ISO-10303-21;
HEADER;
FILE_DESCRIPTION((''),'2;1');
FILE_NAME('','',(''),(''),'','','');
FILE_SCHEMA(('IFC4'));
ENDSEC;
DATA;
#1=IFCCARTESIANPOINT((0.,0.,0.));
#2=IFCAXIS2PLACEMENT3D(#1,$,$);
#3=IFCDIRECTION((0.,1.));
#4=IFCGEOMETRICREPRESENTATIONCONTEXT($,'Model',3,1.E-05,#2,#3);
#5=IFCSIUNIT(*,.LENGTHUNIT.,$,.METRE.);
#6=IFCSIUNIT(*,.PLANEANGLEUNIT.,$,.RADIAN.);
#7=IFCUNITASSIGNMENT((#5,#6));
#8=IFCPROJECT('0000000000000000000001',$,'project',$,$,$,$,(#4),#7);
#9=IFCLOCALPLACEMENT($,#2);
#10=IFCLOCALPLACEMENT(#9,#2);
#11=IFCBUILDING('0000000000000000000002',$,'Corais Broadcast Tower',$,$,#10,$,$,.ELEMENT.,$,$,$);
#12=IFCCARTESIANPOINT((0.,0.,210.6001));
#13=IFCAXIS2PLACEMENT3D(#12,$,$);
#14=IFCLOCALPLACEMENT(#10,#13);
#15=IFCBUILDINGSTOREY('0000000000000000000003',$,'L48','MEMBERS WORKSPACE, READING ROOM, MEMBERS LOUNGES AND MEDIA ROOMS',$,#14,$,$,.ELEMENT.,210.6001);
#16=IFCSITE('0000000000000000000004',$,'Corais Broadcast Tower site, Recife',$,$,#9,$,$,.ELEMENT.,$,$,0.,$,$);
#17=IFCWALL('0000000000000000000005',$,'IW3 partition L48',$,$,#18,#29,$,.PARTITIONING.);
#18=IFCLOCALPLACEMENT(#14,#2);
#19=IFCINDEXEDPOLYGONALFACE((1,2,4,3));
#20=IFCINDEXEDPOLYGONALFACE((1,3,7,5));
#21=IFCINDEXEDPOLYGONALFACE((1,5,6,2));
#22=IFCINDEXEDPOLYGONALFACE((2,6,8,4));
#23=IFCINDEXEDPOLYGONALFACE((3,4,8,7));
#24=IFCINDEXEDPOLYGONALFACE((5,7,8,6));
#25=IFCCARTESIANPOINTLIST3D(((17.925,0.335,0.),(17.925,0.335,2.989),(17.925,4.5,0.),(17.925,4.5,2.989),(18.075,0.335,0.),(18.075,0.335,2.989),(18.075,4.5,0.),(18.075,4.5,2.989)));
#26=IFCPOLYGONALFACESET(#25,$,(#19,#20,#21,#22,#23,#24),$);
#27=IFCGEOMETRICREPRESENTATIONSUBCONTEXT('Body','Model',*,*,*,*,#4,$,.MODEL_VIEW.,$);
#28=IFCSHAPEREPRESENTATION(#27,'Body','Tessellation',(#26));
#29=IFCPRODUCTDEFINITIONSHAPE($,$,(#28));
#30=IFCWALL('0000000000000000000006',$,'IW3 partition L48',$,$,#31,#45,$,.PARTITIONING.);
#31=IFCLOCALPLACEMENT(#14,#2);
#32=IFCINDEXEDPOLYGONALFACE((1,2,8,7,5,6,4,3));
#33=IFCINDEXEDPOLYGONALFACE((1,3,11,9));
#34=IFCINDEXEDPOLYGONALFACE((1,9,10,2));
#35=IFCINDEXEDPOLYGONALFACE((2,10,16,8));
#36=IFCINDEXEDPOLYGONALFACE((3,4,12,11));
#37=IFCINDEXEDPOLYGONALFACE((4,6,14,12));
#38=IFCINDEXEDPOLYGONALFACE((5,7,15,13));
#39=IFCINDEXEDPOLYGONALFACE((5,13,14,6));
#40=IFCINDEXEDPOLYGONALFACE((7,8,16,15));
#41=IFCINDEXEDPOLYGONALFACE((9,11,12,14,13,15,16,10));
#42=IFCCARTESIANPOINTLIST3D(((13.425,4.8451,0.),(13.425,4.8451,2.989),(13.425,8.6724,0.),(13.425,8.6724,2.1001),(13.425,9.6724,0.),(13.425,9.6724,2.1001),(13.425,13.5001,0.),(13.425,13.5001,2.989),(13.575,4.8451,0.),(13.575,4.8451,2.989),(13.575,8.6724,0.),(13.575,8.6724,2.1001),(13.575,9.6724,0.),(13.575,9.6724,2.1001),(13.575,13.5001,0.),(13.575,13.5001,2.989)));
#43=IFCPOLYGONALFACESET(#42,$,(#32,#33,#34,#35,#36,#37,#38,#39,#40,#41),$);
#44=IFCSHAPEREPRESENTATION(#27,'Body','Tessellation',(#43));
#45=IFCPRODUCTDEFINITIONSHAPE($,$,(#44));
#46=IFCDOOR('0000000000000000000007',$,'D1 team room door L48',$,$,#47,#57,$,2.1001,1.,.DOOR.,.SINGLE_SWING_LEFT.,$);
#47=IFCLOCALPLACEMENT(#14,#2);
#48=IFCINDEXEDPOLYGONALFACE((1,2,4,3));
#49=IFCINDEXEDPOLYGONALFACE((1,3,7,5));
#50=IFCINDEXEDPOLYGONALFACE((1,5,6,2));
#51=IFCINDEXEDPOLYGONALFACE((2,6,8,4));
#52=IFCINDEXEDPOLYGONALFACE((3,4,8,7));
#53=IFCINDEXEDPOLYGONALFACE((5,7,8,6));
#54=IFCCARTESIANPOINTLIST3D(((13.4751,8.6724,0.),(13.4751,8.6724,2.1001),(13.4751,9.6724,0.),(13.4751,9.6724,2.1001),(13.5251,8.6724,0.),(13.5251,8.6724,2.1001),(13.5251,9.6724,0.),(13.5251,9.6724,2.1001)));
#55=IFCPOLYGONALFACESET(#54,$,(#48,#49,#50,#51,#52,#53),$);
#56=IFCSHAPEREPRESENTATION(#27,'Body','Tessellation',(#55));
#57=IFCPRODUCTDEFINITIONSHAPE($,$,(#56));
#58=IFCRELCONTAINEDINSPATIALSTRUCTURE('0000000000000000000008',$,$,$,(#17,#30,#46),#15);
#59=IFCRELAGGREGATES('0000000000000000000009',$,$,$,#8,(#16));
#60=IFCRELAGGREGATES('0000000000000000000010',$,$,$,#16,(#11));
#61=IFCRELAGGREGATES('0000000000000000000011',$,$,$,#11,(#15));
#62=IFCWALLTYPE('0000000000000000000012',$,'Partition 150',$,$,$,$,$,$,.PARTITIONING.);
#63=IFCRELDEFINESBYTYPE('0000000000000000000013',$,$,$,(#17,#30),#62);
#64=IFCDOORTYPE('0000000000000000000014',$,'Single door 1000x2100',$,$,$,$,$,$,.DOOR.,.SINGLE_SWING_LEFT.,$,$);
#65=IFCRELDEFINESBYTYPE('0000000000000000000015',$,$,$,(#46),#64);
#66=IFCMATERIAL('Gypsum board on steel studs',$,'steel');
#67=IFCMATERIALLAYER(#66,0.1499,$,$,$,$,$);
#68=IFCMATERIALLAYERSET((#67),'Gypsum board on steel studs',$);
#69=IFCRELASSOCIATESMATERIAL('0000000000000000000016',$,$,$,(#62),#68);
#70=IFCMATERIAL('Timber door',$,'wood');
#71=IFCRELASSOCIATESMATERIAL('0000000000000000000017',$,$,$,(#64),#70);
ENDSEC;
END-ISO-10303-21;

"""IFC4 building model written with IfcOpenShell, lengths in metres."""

from ifc_helpers import new_model, si_unit, direction, frame, frame_2d, origin, place, context, subcontext, project, spatial, rectangle, extrude, material, layer, layer_set, type_object, element, fill, save


model = new_model("IFC4")

# Units and contexts
model_context = context("Model", 3, precision=1e-05, world=origin(), true_north=direction((0.0, 1.0)))
body_context = subcontext(model_context, "Body", "Model", "MODEL_VIEW")
ifc_project = project(units=[si_unit("LENGTHUNIT", "METRE"), si_unit("PLANEANGLEUNIT", "RADIAN")], contexts=[model_context])

# Site, building, storey
site_placement = place(None, origin())
site = spatial("IfcSite", under=ifc_project, at=site_placement, Name="Corais Broadcast Tower site, Recife", CompositionType="ELEMENT", RefElevation=0.0)
building_placement = place(site_placement, origin())
building = spatial("IfcBuilding", under=site, at=building_placement, Name="Corais Broadcast Tower", CompositionType="ELEMENT")
storey_placement = place(building_placement, frame((0.0, 0.0, 210.6001)))
storey = spatial("IfcBuildingStorey", under=building, at=storey_placement, Name="L48", Description="MEMBERS WORKSPACE, READING ROOM, MEMBERS LOUNGES AND MEDIA ROOMS", CompositionType="ELEMENT", Elevation=210.6001)

# Wall
ifc_material_1 = material(Name="Gypsum board on steel studs", Category="steel")
ifc_layer_1 = layer(ifc_material_1, 0.1499)
ifc_layer_set_1 = layer_set([ifc_layer_1], Name="Gypsum board on steel studs")
wall_type = type_object("IfcWallType", Name="Partition 150", PredefinedType="PARTITIONING", material=ifc_layer_set_1)
wall_1_placement = place(storey_placement, frame((18.0, 4.5, 0.0), z_axis=(0.0, 0.0, 1.0), x_axis=(0.0, -1.0, 0.0)))
element("IfcWall", 1, at=wall_1_placement, inside=storey, type_object=wall_type, Name="IW3 partition L48", PredefinedType="PARTITIONING", context=body_context, shape_type="SweptSolid", body=[
    extrude(rectangle(XDim=4.165, YDim=0.1499, at=frame_2d((2.0825, 0.0))), origin(), (0.0, 0.0, 1.0), 2.989),
])

# Wall, opening, door
wall_2_placement = place(storey_placement, frame((13.5, 4.845, 0.0), z_axis=(0.0, 0.0, 1.0), x_axis=(0.0, 1.0, 0.0)))
wall_2 = element("IfcWall", 2, at=wall_2_placement, inside=storey, type_object=wall_type, Name="IW3 partition L48", PredefinedType="PARTITIONING", context=body_context, shape_type="SweptSolid", body=[
    extrude(rectangle(XDim=8.655, YDim=0.1499, at=frame_2d((4.3276, 0.0))), origin(), (0.0, 0.0, 1.0), 2.989),
])
opening_placement = place(wall_2_placement, frame((3.8274, 0.0, 0.0)))
opening = element("IfcOpeningElement", 3, at=opening_placement, cuts=wall_2, PredefinedType="OPENING", context=body_context, shape_type="SweptSolid", body=[
    extrude(rectangle(XDim=1.0, YDim=2.1001, at=frame_2d((0.5, 1.05))), frame((0.0, 0.085, 0.0), z_axis=(0.0, -1.0, 0.0), x_axis=(1.0, 0.0, 0.0)), (0.0, 0.0, 1.0), 0.1699),
])
ifc_material_2 = material(Name="Timber door", Category="wood")
door_type = type_object("IfcDoorType", Name="Single door 1000x2100", OperationType="SINGLE_SWING_LEFT", PredefinedType="DOOR", material=ifc_material_2)
door_placement = place(opening_placement, origin())
door = element("IfcDoor", 4, at=door_placement, inside=storey, type_object=door_type, Name="D1 team room door L48", OperationType="SINGLE_SWING_LEFT", OverallHeight=2.1001, OverallWidth=1.0, PredefinedType="DOOR", context=body_context, shape_type="SweptSolid", body=[
    extrude(rectangle(XDim=1.0, YDim=2.1001, at=frame_2d((0.5, 1.05))), frame((0.0, 0.0249, 0.0), z_axis=(0.0, -1.0, 0.0), x_axis=(1.0, 0.0, 0.0)), (0.0, 0.0, 1.0), 0.05),
])
fill(opening, door)

save(model, "model.ifc")
